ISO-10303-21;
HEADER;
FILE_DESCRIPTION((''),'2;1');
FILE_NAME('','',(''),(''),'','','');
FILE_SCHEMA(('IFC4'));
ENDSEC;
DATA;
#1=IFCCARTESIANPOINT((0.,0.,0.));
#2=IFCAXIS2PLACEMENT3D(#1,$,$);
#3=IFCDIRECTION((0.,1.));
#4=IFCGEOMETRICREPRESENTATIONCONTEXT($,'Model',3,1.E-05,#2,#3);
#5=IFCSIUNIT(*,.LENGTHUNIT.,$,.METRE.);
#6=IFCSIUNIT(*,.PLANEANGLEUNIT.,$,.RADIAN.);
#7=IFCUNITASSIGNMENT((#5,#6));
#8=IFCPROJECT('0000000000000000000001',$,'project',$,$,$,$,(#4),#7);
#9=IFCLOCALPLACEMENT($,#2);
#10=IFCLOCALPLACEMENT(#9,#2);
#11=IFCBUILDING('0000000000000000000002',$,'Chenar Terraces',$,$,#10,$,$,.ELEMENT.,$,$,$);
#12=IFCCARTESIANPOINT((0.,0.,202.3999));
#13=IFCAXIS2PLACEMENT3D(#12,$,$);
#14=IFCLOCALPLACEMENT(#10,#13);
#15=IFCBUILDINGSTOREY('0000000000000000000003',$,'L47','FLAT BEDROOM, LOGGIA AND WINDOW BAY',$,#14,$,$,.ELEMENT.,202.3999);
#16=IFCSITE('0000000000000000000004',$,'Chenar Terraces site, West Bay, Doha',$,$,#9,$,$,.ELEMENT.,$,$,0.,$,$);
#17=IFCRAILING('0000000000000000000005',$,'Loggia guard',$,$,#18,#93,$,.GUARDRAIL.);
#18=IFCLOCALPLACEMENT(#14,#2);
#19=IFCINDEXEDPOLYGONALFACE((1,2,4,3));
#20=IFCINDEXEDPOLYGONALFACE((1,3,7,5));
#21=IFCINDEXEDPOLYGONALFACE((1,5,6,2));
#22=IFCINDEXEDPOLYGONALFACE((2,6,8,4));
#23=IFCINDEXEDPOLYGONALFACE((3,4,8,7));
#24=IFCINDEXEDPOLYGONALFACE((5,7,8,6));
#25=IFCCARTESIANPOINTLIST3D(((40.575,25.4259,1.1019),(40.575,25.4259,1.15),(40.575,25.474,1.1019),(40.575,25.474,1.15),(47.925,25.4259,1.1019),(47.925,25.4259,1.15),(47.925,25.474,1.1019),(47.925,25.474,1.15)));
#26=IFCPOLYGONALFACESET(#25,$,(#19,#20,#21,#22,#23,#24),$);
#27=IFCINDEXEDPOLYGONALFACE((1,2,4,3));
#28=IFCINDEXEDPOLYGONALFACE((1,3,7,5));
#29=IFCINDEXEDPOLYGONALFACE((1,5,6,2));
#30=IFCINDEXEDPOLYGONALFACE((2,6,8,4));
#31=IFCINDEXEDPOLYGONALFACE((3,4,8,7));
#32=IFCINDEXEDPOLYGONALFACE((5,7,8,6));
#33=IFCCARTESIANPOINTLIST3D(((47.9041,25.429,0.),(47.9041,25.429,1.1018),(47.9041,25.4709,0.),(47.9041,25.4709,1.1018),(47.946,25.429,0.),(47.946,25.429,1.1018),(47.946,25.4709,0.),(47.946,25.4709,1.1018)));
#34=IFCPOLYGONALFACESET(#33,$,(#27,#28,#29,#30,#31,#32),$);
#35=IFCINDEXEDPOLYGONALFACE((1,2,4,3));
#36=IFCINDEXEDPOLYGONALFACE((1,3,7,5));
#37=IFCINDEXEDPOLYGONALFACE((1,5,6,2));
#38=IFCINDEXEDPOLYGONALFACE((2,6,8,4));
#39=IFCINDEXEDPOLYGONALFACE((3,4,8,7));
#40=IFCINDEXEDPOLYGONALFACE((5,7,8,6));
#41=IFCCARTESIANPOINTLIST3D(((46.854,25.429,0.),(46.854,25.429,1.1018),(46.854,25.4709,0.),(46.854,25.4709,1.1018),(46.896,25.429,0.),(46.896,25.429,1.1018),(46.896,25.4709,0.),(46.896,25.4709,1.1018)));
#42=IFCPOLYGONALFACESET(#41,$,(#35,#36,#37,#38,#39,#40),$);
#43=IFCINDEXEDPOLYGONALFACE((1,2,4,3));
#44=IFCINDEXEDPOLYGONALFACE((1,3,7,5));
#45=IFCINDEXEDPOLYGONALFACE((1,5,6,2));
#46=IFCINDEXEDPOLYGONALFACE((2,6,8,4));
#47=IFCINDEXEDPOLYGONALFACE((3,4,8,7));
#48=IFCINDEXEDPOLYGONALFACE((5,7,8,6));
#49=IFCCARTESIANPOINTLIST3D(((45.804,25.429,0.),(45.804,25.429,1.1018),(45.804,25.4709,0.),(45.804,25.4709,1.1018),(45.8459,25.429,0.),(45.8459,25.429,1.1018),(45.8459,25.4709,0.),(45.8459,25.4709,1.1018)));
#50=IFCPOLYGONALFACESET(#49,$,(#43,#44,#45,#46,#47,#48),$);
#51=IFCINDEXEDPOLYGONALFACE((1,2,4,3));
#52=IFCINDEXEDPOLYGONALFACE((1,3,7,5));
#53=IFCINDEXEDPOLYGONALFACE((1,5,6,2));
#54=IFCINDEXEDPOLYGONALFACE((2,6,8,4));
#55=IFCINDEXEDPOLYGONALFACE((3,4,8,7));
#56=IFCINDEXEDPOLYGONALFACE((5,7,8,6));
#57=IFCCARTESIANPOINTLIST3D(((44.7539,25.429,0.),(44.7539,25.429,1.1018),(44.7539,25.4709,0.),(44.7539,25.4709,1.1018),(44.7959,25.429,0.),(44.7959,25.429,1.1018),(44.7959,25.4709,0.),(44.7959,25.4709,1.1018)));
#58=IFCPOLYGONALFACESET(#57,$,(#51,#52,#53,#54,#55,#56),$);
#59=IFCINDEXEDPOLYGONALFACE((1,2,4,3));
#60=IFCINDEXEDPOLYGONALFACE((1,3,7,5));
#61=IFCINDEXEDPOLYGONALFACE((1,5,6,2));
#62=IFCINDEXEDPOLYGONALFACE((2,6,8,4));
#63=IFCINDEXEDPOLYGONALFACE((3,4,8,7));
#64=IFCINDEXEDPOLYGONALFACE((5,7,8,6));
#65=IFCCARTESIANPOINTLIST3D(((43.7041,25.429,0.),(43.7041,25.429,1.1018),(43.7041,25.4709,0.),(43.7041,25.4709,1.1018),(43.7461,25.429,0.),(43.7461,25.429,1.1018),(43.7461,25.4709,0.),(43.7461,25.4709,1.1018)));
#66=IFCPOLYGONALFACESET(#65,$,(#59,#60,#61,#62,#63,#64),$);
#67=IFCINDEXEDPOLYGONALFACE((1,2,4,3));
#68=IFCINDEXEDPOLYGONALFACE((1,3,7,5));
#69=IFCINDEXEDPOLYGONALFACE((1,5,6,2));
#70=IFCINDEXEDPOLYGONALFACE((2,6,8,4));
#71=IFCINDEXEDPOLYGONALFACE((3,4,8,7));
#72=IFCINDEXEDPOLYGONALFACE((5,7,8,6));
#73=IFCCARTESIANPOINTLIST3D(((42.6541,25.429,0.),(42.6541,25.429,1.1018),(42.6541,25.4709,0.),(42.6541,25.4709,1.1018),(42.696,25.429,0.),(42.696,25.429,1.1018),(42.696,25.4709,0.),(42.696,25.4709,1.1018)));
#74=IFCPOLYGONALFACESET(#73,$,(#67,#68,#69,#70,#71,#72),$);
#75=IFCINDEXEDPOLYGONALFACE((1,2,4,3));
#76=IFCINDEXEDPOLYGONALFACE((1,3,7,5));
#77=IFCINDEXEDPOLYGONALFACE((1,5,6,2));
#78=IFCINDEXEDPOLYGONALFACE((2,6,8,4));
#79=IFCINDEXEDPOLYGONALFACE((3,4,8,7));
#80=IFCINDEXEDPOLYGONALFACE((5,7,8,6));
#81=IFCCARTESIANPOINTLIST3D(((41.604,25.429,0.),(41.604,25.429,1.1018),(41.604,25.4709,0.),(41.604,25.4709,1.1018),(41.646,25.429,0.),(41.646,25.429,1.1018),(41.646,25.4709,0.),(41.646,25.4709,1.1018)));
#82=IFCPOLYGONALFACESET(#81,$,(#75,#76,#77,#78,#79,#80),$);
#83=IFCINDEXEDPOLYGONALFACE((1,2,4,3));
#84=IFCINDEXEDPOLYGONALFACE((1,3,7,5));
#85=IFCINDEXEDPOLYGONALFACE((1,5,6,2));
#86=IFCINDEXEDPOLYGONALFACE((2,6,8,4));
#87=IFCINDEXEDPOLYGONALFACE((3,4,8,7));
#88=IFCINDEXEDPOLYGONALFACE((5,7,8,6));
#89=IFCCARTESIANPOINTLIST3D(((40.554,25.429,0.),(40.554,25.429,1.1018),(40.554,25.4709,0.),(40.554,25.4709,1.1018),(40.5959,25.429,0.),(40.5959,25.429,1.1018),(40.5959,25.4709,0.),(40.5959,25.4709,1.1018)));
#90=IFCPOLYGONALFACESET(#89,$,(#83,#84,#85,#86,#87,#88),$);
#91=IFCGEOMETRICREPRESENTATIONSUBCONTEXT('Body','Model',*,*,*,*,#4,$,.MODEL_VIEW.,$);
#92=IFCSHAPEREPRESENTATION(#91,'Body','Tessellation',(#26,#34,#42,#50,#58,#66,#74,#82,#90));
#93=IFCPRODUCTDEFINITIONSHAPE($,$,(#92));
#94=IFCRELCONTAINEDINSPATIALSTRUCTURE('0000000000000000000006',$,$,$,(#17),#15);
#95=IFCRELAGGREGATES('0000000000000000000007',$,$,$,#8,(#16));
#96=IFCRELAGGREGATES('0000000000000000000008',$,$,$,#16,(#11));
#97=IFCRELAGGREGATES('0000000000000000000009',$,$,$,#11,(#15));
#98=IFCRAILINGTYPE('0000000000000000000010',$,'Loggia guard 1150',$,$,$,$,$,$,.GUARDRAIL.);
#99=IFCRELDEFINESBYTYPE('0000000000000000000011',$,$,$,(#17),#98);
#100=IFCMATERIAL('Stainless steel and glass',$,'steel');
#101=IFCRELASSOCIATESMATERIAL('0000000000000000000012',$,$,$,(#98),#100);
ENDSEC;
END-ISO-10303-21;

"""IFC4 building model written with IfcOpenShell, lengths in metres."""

from ifc_helpers import new_model, si_unit, direction, frame, origin, origin_2d, place, context, subcontext, project, spatial, rectangle, extrude, material, type_object, element, save


model = new_model("IFC4")

# Units and contexts
model_context = context("Model", 3, precision=1e-05, world=origin(), true_north=direction((0.0, 1.0)))
body_context = subcontext(model_context, "Body", "Model", "MODEL_VIEW")
ifc_project = project(units=[si_unit("LENGTHUNIT", "METRE"), si_unit("PLANEANGLEUNIT", "RADIAN")], contexts=[model_context])

# Site, building, storey
site_placement = place(None, origin())
site = spatial("IfcSite", under=ifc_project, at=site_placement, Name="Chenar Terraces site, West Bay, Doha", CompositionType="ELEMENT", RefElevation=0.0)
building_placement = place(site_placement, origin())
building = spatial("IfcBuilding", under=site, at=building_placement, Name="Chenar Terraces", CompositionType="ELEMENT")
storey_placement = place(building_placement, frame((0.0, 0.0, 202.3999)))
storey = spatial("IfcBuildingStorey", under=building, at=storey_placement, Name="L47", Description="FLAT BEDROOM, LOGGIA AND WINDOW BAY", CompositionType="ELEMENT", Elevation=202.3999)

# Railing
ifc_material_1 = material(Name="Stainless steel and glass", Category="steel")
railing_type_1 = type_object("IfcRailingType", Name="Loggia guard 1150", PredefinedType="GUARDRAIL", material=ifc_material_1)
railing_1_placement = place(storey_placement, frame((47.925, 25.45, 0.0)))
element("IfcRailing", 1, at=railing_1_placement, inside=storey, type_object=railing_type_1, Name="Loggia guard", PredefinedType="GUARDRAIL", context=body_context, shape_type="SweptSolid", body=[
    extrude(rectangle(XDim=0.0481, YDim=0.0481, at=origin_2d()), frame((0.0, 0.0, 1.126), z_axis=(-1.0, 0.0, 0.0), x_axis=(0.0, -1.0, 0.0)), (0.0, 0.0, 1.0), 7.3501),
    extrude(rectangle(XDim=0.042, YDim=0.042, at=origin_2d()), origin(), (0.0, 0.0, 1.0), 1.1018),
    extrude(rectangle(XDim=0.042, YDim=0.042, at=origin_2d()), frame((-1.05, 0.0, 0.0)), (0.0, 0.0, 1.0), 1.1018),
    extrude(rectangle(XDim=0.042, YDim=0.042, at=origin_2d()), frame((-2.1001, 0.0, 0.0)), (0.0, 0.0, 1.0), 1.1018),
    extrude(rectangle(XDim=0.042, YDim=0.042, at=origin_2d()), frame((-3.1501, 0.0, 0.0)), (0.0, 0.0, 1.0), 1.1018),
    extrude(rectangle(XDim=0.042, YDim=0.042, at=origin_2d()), frame((-4.2, 0.0, 0.0)), (0.0, 0.0, 1.0), 1.1018),
    extrude(rectangle(XDim=0.042, YDim=0.042, at=origin_2d()), frame((-5.25, 0.0, 0.0)), (0.0, 0.0, 1.0), 1.1018),
    extrude(rectangle(XDim=0.042, YDim=0.042, at=origin_2d()), frame((-6.3, 0.0, 0.0)), (0.0, 0.0, 1.0), 1.1018),
    extrude(rectangle(XDim=0.042, YDim=0.042, at=origin_2d()), frame((-7.3501, 0.0, 0.0)), (0.0, 0.0, 1.0), 1.1018),
])

save(model, "model.ifc")
